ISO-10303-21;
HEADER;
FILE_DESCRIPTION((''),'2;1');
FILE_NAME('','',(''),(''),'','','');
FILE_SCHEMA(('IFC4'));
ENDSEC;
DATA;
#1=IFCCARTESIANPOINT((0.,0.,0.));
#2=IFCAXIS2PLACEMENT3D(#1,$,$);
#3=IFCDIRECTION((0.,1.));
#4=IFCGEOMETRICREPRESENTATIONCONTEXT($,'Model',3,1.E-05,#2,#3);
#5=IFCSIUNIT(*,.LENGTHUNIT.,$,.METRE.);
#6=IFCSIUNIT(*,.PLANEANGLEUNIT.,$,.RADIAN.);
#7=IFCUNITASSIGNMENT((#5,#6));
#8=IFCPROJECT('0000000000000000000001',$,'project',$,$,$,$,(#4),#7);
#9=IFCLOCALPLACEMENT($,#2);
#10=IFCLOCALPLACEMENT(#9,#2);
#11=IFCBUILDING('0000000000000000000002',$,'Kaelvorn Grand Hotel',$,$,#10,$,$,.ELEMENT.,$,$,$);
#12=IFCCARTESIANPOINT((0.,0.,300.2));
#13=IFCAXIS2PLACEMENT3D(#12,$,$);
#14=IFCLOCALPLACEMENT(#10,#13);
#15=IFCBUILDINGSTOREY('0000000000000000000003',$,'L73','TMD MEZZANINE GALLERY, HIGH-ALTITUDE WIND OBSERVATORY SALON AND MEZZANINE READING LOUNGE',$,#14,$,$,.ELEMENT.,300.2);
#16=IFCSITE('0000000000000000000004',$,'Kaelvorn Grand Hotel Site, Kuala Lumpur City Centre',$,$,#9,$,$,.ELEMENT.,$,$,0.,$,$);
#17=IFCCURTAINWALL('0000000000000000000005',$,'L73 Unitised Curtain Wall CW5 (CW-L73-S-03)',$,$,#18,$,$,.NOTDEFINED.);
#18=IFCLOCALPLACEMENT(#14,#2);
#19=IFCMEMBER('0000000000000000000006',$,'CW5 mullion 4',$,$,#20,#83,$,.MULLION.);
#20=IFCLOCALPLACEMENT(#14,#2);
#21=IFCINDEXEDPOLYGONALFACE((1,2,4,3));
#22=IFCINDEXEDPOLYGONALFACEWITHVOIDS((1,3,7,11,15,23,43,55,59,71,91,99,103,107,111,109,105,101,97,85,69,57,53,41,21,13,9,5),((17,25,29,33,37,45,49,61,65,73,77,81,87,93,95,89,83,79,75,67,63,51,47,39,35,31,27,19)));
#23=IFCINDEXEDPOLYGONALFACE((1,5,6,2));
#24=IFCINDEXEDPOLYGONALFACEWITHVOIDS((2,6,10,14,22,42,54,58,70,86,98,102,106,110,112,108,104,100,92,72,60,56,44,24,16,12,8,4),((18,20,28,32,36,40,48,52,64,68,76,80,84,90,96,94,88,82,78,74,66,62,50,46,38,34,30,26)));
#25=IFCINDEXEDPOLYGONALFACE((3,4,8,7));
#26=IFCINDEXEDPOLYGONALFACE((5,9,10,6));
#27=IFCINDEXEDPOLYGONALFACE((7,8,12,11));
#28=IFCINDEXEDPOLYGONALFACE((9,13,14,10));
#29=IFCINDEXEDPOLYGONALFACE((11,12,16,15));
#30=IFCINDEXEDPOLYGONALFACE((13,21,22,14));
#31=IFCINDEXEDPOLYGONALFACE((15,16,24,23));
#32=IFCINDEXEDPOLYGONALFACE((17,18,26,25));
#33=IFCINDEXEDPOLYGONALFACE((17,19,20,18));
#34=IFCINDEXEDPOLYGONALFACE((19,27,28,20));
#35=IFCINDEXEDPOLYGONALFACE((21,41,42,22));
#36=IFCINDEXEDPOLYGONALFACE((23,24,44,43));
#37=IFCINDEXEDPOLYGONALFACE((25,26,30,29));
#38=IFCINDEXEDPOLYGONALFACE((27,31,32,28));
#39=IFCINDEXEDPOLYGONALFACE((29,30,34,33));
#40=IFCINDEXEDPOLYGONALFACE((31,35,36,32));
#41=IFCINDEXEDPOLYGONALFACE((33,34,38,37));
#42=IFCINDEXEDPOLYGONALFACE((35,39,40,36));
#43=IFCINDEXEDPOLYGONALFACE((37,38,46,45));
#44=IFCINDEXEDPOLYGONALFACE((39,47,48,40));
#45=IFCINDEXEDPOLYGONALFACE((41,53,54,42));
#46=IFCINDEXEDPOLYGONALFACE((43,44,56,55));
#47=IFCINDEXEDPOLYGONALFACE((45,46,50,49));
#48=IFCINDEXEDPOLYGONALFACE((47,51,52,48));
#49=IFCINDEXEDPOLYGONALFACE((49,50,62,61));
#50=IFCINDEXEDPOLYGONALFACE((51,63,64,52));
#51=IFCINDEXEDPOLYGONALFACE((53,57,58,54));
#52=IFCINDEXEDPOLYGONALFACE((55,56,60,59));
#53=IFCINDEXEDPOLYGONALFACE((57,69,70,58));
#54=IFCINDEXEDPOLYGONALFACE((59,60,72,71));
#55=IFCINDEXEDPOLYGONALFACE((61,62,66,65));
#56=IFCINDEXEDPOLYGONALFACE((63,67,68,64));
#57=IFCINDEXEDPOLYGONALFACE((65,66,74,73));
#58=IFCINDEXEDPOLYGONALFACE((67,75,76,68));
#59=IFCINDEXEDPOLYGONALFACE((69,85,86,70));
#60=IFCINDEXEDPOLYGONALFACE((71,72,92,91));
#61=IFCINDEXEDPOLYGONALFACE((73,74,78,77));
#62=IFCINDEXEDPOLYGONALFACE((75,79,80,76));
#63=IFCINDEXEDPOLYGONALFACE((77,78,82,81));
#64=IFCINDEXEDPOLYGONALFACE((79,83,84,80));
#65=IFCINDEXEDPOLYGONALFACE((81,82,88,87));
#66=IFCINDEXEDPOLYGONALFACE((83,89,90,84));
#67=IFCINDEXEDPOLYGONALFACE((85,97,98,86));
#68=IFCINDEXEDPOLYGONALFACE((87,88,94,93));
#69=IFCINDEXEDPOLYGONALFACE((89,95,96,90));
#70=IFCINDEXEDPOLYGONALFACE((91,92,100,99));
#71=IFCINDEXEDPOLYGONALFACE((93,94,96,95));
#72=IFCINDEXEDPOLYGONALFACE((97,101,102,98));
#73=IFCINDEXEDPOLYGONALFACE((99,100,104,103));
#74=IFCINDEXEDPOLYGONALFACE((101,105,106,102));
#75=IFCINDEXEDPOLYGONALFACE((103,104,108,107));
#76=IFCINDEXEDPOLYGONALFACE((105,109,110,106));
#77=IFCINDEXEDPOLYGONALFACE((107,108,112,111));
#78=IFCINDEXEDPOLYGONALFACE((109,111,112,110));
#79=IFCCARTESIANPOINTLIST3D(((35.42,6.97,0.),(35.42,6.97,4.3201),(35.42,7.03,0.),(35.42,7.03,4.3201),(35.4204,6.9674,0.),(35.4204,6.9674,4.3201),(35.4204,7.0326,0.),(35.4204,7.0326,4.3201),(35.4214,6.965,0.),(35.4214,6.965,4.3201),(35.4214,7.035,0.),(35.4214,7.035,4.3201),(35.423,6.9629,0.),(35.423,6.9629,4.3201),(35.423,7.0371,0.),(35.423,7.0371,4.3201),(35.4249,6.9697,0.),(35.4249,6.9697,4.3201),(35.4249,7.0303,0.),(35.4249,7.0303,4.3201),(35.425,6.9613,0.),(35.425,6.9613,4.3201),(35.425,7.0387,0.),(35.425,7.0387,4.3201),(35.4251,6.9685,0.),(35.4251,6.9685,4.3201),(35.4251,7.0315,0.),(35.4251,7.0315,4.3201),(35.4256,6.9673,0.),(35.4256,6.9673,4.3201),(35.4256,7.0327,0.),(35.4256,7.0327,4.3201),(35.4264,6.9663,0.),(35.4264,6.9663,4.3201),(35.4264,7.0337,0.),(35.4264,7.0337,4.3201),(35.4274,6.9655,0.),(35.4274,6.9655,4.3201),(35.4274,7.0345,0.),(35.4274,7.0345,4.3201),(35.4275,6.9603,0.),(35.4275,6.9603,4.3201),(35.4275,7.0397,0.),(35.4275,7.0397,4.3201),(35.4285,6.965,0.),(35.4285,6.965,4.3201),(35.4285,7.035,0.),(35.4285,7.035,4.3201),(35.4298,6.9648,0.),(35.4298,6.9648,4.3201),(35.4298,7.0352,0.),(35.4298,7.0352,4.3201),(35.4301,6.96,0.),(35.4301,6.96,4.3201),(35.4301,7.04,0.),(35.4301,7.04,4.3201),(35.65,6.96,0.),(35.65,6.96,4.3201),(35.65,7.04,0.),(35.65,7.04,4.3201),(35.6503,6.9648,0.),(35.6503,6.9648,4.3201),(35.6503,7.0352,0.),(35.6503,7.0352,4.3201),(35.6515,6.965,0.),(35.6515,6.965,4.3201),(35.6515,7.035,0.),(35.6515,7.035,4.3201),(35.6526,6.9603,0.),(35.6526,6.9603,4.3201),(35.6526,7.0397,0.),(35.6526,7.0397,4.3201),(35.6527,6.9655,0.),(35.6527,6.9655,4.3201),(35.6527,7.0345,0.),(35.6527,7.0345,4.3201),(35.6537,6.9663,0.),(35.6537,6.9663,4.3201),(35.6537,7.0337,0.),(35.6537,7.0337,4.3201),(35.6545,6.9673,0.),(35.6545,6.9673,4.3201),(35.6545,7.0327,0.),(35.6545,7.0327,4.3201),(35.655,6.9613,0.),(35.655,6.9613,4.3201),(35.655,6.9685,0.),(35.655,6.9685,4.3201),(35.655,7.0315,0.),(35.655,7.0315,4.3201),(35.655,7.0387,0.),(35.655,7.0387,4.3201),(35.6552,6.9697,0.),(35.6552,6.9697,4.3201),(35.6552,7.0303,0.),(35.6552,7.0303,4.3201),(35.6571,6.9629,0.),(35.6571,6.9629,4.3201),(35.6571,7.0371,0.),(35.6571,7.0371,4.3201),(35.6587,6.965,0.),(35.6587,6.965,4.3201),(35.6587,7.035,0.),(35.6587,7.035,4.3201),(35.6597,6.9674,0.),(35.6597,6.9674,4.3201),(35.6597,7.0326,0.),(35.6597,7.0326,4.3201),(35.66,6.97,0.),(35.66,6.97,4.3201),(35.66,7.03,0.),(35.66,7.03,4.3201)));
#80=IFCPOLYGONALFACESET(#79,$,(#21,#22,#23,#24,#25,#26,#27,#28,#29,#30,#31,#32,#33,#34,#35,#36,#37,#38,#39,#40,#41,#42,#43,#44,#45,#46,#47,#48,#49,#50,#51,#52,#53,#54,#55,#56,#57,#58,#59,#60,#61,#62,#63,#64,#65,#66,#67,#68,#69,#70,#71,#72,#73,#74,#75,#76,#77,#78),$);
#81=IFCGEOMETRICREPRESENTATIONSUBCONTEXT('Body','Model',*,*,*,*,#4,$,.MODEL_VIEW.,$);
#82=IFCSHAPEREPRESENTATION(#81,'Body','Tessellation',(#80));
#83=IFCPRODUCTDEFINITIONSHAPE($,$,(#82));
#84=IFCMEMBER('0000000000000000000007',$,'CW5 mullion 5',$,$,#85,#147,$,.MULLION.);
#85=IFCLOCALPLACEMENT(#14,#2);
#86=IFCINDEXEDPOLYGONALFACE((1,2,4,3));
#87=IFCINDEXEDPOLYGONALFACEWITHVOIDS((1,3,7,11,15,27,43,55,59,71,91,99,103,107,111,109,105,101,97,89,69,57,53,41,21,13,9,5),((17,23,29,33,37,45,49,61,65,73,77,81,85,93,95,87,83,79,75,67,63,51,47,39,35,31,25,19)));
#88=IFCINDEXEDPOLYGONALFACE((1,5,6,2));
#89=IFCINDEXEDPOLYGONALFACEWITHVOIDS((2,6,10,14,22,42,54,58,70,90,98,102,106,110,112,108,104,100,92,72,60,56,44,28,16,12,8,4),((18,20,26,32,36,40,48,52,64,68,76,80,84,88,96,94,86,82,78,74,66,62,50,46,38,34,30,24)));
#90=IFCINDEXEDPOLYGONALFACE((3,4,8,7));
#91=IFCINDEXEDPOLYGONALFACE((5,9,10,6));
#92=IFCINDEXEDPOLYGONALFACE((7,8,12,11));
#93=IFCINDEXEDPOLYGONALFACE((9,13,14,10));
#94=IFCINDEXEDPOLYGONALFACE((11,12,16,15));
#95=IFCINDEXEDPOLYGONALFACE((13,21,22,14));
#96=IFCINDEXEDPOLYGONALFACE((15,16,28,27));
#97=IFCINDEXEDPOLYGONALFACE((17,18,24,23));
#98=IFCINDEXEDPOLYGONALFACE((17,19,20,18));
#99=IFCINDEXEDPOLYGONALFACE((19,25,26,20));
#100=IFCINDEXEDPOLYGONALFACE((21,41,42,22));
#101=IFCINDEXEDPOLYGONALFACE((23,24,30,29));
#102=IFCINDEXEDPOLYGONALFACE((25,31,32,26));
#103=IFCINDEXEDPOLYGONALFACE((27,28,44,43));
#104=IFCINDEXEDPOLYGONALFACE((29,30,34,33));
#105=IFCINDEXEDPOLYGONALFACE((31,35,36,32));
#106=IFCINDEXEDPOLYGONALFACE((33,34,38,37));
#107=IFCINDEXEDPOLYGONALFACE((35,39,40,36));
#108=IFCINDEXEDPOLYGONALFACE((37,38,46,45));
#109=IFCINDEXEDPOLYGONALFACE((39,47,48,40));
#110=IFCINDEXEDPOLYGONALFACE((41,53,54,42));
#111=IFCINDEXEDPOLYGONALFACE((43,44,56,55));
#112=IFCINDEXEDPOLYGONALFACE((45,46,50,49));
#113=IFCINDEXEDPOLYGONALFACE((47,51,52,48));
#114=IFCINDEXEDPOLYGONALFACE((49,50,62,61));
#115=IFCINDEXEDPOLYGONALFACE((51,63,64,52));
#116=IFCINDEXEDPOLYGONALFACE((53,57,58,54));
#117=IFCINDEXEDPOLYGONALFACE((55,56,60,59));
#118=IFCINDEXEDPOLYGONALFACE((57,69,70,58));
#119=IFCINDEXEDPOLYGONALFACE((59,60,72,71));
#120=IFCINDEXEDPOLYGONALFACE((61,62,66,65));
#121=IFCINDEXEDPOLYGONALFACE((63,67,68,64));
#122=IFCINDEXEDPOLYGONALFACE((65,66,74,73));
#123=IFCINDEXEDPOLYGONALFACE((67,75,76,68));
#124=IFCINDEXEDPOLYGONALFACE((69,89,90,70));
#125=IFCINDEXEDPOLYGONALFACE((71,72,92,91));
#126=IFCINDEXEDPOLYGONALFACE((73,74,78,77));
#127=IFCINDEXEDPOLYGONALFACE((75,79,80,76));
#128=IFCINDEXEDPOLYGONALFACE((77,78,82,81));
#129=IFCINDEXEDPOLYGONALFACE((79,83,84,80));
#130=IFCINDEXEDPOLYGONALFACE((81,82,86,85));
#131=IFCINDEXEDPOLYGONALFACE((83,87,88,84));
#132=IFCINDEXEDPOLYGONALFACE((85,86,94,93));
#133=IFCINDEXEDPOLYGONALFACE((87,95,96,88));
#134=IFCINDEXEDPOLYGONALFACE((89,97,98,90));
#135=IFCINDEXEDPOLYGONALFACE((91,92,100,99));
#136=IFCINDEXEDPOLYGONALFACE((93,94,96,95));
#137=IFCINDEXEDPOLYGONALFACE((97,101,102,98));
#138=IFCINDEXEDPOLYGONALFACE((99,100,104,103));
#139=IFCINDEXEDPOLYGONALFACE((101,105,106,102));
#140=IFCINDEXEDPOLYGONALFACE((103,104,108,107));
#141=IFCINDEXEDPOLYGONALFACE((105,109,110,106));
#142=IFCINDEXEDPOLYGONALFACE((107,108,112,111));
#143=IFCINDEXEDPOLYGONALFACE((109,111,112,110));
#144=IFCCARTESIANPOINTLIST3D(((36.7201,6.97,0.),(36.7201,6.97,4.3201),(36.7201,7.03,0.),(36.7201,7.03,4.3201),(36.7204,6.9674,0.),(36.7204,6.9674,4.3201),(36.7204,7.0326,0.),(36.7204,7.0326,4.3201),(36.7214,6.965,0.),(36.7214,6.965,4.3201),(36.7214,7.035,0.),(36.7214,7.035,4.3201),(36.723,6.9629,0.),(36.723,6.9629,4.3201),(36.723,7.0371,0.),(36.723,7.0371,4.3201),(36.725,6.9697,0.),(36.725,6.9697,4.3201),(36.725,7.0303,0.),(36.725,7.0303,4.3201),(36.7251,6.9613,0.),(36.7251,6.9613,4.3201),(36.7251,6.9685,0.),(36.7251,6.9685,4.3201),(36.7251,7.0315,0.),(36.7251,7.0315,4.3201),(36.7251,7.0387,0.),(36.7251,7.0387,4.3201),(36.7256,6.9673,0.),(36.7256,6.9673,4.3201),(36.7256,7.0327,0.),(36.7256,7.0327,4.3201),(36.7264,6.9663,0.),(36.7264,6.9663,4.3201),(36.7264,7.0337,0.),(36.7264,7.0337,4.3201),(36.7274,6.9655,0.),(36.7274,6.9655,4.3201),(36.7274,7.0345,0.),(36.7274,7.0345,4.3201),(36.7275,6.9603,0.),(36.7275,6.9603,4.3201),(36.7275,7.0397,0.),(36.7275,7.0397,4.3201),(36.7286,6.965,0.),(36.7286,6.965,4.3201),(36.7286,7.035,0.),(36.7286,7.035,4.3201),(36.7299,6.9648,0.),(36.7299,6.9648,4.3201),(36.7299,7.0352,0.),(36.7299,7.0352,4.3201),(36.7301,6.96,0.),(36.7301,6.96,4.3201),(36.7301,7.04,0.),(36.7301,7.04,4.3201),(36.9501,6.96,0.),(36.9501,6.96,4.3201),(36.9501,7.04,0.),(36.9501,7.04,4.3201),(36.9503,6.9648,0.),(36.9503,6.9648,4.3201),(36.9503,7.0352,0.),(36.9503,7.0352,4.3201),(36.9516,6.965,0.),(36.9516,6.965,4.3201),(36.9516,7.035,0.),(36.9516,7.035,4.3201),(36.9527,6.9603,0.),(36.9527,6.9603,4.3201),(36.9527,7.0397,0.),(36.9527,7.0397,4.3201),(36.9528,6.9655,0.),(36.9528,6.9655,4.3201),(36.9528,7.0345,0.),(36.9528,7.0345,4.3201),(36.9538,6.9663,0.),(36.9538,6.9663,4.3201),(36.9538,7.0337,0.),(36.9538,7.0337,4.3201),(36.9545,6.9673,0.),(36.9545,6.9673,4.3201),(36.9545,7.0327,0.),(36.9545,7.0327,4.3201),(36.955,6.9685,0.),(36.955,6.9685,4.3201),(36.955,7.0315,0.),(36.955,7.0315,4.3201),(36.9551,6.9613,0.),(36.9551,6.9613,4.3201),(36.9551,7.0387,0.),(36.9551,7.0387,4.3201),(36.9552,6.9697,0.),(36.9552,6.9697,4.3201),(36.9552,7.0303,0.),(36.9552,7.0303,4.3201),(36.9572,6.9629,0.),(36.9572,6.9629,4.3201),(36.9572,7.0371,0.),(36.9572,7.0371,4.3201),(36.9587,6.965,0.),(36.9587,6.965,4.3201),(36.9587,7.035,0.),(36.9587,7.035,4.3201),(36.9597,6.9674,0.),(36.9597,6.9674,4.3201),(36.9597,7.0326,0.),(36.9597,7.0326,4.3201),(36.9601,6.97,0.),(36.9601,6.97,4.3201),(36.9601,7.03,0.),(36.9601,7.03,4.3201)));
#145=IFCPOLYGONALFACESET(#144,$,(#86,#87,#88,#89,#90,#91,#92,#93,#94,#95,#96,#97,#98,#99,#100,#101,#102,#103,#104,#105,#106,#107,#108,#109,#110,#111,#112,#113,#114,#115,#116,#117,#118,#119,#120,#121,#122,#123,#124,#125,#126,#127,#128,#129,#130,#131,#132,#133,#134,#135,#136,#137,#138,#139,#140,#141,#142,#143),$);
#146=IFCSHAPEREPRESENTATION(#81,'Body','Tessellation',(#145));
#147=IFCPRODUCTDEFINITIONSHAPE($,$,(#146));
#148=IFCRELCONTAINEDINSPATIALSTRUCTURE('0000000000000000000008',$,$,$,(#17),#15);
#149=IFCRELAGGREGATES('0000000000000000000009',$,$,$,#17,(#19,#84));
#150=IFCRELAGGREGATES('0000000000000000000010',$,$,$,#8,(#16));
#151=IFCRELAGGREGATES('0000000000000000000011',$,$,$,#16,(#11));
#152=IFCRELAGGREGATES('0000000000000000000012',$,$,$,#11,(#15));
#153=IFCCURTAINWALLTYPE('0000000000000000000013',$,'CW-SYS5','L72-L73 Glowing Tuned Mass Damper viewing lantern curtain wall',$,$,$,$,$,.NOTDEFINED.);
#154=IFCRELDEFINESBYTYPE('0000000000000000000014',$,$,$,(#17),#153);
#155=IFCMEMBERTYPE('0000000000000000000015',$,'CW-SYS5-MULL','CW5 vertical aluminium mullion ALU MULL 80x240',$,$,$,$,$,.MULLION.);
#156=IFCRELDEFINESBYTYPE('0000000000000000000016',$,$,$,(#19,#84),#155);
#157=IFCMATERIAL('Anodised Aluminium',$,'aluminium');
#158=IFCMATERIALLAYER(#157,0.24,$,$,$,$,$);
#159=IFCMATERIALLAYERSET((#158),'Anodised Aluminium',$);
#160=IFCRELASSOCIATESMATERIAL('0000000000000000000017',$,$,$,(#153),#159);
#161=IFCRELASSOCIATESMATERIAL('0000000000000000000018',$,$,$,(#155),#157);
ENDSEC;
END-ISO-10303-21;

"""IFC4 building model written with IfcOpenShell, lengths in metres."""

from ifc_helpers import new_model, si_unit, direction, frame, origin, origin_2d, place, context, subcontext, project, spatial, hollow_rectangle, extrude, material, layer, layer_set, material_profile, profile_set, type_object, element, aggregate, save


model = new_model("IFC4")

# Units and contexts
model_context = context("Model", 3, precision=1e-05, world=origin(), true_north=direction((0.0, 1.0)))
body_context = subcontext(model_context, "Body", "Model", "MODEL_VIEW")
ifc_project = project(units=[si_unit("LENGTHUNIT", "METRE"), si_unit("PLANEANGLEUNIT", "RADIAN")], contexts=[model_context])

# Site, building, storey
site_placement = place(None, origin())
site = spatial("IfcSite", under=ifc_project, at=site_placement, Name="Kaelvorn Grand Hotel Site, Kuala Lumpur City Centre", CompositionType="ELEMENT", RefElevation=0.0)
building_placement = place(site_placement, origin())
building = spatial("IfcBuilding", under=site, at=building_placement, Name="Kaelvorn Grand Hotel", CompositionType="ELEMENT")
storey_placement = place(building_placement, frame((0.0, 0.0, 300.2)))
storey = spatial("IfcBuildingStorey", under=building, at=storey_placement, Name="L73", Description="TMD MEZZANINE GALLERY, HIGH-ALTITUDE WIND OBSERVATORY SALON AND MEZZANINE READING LOUNGE", CompositionType="ELEMENT", Elevation=300.2)

# Curtain wall, members
ifc_material_1 = material(Name="Anodised Aluminium", Category="aluminium")
ifc_layer_1 = layer(ifc_material_1, 0.24)
ifc_layer_set_1 = layer_set([ifc_layer_1], Name="Anodised Aluminium")
curtain_wall_type = type_object("IfcCurtainWallType", Name="CW-SYS5", Description="L72-L73 Glowing Tuned Mass Damper viewing lantern curtain wall", PredefinedType="NOTDEFINED", material=ifc_layer_set_1)
curtain_wall_1_placement = place(storey_placement, origin())
curtain_wall_1 = element("IfcCurtainWall", 1, at=curtain_wall_1_placement, inside=storey, type_object=curtain_wall_type, Name="L73 Unitised Curtain Wall CW5 (CW-L73-S-03)", PredefinedType="NOTDEFINED")
ifc_material_profile_1 = material_profile(ifc_material_1, hollow_rectangle(XDim=0.0801, YDim=0.24, WallThickness=0.0049, InnerFilletRadius=0.0049, OuterFilletRadius=0.01, at=origin_2d()), Name="ALU MULL 80x240")
ifc_profile_set_1 = profile_set([ifc_material_profile_1], Name="Anodised Aluminium")
member_type_1 = type_object("IfcMemberType", Name="CW-SYS5-MULL", Description="CW5 vertical aluminium mullion ALU MULL 80x240", PredefinedType="MULLION", material=ifc_profile_set_1)
member_1_placement = place(storey_placement, frame((35.54, 7.0, 0.0), z_axis=(0.0, 0.0, 1.0), x_axis=(0.0, 1.0, 0.0)))
member_1 = element("IfcMember", 2, at=member_1_placement, type_object=member_type_1, Name="CW5 mullion 4", PredefinedType="MULLION", context=body_context, shape_type="SweptSolid", body=[
    extrude(hollow_rectangle(XDim=0.0801, YDim=0.24, WallThickness=0.0049, InnerFilletRadius=0.0049, OuterFilletRadius=0.01, at=origin_2d()), origin(), (0.0, 0.0, 1.0), 4.3201),
])
member_2_placement = place(storey_placement, frame((36.8401, 7.0, 0.0), z_axis=(0.0, 0.0, 1.0), x_axis=(0.0, 1.0, 0.0)))
member_2 = element("IfcMember", 3, at=member_2_placement, type_object=member_type_1, Name="CW5 mullion 5", PredefinedType="MULLION", context=body_context, shape_type="SweptSolid", body=[
    extrude(hollow_rectangle(XDim=0.0801, YDim=0.24, WallThickness=0.0049, InnerFilletRadius=0.0049, OuterFilletRadius=0.01, at=origin_2d()), origin(), (0.0, 0.0, 1.0), 4.3201),
])

aggregate(curtain_wall_1, [member_1, member_2])

save(model, "model.ifc")
